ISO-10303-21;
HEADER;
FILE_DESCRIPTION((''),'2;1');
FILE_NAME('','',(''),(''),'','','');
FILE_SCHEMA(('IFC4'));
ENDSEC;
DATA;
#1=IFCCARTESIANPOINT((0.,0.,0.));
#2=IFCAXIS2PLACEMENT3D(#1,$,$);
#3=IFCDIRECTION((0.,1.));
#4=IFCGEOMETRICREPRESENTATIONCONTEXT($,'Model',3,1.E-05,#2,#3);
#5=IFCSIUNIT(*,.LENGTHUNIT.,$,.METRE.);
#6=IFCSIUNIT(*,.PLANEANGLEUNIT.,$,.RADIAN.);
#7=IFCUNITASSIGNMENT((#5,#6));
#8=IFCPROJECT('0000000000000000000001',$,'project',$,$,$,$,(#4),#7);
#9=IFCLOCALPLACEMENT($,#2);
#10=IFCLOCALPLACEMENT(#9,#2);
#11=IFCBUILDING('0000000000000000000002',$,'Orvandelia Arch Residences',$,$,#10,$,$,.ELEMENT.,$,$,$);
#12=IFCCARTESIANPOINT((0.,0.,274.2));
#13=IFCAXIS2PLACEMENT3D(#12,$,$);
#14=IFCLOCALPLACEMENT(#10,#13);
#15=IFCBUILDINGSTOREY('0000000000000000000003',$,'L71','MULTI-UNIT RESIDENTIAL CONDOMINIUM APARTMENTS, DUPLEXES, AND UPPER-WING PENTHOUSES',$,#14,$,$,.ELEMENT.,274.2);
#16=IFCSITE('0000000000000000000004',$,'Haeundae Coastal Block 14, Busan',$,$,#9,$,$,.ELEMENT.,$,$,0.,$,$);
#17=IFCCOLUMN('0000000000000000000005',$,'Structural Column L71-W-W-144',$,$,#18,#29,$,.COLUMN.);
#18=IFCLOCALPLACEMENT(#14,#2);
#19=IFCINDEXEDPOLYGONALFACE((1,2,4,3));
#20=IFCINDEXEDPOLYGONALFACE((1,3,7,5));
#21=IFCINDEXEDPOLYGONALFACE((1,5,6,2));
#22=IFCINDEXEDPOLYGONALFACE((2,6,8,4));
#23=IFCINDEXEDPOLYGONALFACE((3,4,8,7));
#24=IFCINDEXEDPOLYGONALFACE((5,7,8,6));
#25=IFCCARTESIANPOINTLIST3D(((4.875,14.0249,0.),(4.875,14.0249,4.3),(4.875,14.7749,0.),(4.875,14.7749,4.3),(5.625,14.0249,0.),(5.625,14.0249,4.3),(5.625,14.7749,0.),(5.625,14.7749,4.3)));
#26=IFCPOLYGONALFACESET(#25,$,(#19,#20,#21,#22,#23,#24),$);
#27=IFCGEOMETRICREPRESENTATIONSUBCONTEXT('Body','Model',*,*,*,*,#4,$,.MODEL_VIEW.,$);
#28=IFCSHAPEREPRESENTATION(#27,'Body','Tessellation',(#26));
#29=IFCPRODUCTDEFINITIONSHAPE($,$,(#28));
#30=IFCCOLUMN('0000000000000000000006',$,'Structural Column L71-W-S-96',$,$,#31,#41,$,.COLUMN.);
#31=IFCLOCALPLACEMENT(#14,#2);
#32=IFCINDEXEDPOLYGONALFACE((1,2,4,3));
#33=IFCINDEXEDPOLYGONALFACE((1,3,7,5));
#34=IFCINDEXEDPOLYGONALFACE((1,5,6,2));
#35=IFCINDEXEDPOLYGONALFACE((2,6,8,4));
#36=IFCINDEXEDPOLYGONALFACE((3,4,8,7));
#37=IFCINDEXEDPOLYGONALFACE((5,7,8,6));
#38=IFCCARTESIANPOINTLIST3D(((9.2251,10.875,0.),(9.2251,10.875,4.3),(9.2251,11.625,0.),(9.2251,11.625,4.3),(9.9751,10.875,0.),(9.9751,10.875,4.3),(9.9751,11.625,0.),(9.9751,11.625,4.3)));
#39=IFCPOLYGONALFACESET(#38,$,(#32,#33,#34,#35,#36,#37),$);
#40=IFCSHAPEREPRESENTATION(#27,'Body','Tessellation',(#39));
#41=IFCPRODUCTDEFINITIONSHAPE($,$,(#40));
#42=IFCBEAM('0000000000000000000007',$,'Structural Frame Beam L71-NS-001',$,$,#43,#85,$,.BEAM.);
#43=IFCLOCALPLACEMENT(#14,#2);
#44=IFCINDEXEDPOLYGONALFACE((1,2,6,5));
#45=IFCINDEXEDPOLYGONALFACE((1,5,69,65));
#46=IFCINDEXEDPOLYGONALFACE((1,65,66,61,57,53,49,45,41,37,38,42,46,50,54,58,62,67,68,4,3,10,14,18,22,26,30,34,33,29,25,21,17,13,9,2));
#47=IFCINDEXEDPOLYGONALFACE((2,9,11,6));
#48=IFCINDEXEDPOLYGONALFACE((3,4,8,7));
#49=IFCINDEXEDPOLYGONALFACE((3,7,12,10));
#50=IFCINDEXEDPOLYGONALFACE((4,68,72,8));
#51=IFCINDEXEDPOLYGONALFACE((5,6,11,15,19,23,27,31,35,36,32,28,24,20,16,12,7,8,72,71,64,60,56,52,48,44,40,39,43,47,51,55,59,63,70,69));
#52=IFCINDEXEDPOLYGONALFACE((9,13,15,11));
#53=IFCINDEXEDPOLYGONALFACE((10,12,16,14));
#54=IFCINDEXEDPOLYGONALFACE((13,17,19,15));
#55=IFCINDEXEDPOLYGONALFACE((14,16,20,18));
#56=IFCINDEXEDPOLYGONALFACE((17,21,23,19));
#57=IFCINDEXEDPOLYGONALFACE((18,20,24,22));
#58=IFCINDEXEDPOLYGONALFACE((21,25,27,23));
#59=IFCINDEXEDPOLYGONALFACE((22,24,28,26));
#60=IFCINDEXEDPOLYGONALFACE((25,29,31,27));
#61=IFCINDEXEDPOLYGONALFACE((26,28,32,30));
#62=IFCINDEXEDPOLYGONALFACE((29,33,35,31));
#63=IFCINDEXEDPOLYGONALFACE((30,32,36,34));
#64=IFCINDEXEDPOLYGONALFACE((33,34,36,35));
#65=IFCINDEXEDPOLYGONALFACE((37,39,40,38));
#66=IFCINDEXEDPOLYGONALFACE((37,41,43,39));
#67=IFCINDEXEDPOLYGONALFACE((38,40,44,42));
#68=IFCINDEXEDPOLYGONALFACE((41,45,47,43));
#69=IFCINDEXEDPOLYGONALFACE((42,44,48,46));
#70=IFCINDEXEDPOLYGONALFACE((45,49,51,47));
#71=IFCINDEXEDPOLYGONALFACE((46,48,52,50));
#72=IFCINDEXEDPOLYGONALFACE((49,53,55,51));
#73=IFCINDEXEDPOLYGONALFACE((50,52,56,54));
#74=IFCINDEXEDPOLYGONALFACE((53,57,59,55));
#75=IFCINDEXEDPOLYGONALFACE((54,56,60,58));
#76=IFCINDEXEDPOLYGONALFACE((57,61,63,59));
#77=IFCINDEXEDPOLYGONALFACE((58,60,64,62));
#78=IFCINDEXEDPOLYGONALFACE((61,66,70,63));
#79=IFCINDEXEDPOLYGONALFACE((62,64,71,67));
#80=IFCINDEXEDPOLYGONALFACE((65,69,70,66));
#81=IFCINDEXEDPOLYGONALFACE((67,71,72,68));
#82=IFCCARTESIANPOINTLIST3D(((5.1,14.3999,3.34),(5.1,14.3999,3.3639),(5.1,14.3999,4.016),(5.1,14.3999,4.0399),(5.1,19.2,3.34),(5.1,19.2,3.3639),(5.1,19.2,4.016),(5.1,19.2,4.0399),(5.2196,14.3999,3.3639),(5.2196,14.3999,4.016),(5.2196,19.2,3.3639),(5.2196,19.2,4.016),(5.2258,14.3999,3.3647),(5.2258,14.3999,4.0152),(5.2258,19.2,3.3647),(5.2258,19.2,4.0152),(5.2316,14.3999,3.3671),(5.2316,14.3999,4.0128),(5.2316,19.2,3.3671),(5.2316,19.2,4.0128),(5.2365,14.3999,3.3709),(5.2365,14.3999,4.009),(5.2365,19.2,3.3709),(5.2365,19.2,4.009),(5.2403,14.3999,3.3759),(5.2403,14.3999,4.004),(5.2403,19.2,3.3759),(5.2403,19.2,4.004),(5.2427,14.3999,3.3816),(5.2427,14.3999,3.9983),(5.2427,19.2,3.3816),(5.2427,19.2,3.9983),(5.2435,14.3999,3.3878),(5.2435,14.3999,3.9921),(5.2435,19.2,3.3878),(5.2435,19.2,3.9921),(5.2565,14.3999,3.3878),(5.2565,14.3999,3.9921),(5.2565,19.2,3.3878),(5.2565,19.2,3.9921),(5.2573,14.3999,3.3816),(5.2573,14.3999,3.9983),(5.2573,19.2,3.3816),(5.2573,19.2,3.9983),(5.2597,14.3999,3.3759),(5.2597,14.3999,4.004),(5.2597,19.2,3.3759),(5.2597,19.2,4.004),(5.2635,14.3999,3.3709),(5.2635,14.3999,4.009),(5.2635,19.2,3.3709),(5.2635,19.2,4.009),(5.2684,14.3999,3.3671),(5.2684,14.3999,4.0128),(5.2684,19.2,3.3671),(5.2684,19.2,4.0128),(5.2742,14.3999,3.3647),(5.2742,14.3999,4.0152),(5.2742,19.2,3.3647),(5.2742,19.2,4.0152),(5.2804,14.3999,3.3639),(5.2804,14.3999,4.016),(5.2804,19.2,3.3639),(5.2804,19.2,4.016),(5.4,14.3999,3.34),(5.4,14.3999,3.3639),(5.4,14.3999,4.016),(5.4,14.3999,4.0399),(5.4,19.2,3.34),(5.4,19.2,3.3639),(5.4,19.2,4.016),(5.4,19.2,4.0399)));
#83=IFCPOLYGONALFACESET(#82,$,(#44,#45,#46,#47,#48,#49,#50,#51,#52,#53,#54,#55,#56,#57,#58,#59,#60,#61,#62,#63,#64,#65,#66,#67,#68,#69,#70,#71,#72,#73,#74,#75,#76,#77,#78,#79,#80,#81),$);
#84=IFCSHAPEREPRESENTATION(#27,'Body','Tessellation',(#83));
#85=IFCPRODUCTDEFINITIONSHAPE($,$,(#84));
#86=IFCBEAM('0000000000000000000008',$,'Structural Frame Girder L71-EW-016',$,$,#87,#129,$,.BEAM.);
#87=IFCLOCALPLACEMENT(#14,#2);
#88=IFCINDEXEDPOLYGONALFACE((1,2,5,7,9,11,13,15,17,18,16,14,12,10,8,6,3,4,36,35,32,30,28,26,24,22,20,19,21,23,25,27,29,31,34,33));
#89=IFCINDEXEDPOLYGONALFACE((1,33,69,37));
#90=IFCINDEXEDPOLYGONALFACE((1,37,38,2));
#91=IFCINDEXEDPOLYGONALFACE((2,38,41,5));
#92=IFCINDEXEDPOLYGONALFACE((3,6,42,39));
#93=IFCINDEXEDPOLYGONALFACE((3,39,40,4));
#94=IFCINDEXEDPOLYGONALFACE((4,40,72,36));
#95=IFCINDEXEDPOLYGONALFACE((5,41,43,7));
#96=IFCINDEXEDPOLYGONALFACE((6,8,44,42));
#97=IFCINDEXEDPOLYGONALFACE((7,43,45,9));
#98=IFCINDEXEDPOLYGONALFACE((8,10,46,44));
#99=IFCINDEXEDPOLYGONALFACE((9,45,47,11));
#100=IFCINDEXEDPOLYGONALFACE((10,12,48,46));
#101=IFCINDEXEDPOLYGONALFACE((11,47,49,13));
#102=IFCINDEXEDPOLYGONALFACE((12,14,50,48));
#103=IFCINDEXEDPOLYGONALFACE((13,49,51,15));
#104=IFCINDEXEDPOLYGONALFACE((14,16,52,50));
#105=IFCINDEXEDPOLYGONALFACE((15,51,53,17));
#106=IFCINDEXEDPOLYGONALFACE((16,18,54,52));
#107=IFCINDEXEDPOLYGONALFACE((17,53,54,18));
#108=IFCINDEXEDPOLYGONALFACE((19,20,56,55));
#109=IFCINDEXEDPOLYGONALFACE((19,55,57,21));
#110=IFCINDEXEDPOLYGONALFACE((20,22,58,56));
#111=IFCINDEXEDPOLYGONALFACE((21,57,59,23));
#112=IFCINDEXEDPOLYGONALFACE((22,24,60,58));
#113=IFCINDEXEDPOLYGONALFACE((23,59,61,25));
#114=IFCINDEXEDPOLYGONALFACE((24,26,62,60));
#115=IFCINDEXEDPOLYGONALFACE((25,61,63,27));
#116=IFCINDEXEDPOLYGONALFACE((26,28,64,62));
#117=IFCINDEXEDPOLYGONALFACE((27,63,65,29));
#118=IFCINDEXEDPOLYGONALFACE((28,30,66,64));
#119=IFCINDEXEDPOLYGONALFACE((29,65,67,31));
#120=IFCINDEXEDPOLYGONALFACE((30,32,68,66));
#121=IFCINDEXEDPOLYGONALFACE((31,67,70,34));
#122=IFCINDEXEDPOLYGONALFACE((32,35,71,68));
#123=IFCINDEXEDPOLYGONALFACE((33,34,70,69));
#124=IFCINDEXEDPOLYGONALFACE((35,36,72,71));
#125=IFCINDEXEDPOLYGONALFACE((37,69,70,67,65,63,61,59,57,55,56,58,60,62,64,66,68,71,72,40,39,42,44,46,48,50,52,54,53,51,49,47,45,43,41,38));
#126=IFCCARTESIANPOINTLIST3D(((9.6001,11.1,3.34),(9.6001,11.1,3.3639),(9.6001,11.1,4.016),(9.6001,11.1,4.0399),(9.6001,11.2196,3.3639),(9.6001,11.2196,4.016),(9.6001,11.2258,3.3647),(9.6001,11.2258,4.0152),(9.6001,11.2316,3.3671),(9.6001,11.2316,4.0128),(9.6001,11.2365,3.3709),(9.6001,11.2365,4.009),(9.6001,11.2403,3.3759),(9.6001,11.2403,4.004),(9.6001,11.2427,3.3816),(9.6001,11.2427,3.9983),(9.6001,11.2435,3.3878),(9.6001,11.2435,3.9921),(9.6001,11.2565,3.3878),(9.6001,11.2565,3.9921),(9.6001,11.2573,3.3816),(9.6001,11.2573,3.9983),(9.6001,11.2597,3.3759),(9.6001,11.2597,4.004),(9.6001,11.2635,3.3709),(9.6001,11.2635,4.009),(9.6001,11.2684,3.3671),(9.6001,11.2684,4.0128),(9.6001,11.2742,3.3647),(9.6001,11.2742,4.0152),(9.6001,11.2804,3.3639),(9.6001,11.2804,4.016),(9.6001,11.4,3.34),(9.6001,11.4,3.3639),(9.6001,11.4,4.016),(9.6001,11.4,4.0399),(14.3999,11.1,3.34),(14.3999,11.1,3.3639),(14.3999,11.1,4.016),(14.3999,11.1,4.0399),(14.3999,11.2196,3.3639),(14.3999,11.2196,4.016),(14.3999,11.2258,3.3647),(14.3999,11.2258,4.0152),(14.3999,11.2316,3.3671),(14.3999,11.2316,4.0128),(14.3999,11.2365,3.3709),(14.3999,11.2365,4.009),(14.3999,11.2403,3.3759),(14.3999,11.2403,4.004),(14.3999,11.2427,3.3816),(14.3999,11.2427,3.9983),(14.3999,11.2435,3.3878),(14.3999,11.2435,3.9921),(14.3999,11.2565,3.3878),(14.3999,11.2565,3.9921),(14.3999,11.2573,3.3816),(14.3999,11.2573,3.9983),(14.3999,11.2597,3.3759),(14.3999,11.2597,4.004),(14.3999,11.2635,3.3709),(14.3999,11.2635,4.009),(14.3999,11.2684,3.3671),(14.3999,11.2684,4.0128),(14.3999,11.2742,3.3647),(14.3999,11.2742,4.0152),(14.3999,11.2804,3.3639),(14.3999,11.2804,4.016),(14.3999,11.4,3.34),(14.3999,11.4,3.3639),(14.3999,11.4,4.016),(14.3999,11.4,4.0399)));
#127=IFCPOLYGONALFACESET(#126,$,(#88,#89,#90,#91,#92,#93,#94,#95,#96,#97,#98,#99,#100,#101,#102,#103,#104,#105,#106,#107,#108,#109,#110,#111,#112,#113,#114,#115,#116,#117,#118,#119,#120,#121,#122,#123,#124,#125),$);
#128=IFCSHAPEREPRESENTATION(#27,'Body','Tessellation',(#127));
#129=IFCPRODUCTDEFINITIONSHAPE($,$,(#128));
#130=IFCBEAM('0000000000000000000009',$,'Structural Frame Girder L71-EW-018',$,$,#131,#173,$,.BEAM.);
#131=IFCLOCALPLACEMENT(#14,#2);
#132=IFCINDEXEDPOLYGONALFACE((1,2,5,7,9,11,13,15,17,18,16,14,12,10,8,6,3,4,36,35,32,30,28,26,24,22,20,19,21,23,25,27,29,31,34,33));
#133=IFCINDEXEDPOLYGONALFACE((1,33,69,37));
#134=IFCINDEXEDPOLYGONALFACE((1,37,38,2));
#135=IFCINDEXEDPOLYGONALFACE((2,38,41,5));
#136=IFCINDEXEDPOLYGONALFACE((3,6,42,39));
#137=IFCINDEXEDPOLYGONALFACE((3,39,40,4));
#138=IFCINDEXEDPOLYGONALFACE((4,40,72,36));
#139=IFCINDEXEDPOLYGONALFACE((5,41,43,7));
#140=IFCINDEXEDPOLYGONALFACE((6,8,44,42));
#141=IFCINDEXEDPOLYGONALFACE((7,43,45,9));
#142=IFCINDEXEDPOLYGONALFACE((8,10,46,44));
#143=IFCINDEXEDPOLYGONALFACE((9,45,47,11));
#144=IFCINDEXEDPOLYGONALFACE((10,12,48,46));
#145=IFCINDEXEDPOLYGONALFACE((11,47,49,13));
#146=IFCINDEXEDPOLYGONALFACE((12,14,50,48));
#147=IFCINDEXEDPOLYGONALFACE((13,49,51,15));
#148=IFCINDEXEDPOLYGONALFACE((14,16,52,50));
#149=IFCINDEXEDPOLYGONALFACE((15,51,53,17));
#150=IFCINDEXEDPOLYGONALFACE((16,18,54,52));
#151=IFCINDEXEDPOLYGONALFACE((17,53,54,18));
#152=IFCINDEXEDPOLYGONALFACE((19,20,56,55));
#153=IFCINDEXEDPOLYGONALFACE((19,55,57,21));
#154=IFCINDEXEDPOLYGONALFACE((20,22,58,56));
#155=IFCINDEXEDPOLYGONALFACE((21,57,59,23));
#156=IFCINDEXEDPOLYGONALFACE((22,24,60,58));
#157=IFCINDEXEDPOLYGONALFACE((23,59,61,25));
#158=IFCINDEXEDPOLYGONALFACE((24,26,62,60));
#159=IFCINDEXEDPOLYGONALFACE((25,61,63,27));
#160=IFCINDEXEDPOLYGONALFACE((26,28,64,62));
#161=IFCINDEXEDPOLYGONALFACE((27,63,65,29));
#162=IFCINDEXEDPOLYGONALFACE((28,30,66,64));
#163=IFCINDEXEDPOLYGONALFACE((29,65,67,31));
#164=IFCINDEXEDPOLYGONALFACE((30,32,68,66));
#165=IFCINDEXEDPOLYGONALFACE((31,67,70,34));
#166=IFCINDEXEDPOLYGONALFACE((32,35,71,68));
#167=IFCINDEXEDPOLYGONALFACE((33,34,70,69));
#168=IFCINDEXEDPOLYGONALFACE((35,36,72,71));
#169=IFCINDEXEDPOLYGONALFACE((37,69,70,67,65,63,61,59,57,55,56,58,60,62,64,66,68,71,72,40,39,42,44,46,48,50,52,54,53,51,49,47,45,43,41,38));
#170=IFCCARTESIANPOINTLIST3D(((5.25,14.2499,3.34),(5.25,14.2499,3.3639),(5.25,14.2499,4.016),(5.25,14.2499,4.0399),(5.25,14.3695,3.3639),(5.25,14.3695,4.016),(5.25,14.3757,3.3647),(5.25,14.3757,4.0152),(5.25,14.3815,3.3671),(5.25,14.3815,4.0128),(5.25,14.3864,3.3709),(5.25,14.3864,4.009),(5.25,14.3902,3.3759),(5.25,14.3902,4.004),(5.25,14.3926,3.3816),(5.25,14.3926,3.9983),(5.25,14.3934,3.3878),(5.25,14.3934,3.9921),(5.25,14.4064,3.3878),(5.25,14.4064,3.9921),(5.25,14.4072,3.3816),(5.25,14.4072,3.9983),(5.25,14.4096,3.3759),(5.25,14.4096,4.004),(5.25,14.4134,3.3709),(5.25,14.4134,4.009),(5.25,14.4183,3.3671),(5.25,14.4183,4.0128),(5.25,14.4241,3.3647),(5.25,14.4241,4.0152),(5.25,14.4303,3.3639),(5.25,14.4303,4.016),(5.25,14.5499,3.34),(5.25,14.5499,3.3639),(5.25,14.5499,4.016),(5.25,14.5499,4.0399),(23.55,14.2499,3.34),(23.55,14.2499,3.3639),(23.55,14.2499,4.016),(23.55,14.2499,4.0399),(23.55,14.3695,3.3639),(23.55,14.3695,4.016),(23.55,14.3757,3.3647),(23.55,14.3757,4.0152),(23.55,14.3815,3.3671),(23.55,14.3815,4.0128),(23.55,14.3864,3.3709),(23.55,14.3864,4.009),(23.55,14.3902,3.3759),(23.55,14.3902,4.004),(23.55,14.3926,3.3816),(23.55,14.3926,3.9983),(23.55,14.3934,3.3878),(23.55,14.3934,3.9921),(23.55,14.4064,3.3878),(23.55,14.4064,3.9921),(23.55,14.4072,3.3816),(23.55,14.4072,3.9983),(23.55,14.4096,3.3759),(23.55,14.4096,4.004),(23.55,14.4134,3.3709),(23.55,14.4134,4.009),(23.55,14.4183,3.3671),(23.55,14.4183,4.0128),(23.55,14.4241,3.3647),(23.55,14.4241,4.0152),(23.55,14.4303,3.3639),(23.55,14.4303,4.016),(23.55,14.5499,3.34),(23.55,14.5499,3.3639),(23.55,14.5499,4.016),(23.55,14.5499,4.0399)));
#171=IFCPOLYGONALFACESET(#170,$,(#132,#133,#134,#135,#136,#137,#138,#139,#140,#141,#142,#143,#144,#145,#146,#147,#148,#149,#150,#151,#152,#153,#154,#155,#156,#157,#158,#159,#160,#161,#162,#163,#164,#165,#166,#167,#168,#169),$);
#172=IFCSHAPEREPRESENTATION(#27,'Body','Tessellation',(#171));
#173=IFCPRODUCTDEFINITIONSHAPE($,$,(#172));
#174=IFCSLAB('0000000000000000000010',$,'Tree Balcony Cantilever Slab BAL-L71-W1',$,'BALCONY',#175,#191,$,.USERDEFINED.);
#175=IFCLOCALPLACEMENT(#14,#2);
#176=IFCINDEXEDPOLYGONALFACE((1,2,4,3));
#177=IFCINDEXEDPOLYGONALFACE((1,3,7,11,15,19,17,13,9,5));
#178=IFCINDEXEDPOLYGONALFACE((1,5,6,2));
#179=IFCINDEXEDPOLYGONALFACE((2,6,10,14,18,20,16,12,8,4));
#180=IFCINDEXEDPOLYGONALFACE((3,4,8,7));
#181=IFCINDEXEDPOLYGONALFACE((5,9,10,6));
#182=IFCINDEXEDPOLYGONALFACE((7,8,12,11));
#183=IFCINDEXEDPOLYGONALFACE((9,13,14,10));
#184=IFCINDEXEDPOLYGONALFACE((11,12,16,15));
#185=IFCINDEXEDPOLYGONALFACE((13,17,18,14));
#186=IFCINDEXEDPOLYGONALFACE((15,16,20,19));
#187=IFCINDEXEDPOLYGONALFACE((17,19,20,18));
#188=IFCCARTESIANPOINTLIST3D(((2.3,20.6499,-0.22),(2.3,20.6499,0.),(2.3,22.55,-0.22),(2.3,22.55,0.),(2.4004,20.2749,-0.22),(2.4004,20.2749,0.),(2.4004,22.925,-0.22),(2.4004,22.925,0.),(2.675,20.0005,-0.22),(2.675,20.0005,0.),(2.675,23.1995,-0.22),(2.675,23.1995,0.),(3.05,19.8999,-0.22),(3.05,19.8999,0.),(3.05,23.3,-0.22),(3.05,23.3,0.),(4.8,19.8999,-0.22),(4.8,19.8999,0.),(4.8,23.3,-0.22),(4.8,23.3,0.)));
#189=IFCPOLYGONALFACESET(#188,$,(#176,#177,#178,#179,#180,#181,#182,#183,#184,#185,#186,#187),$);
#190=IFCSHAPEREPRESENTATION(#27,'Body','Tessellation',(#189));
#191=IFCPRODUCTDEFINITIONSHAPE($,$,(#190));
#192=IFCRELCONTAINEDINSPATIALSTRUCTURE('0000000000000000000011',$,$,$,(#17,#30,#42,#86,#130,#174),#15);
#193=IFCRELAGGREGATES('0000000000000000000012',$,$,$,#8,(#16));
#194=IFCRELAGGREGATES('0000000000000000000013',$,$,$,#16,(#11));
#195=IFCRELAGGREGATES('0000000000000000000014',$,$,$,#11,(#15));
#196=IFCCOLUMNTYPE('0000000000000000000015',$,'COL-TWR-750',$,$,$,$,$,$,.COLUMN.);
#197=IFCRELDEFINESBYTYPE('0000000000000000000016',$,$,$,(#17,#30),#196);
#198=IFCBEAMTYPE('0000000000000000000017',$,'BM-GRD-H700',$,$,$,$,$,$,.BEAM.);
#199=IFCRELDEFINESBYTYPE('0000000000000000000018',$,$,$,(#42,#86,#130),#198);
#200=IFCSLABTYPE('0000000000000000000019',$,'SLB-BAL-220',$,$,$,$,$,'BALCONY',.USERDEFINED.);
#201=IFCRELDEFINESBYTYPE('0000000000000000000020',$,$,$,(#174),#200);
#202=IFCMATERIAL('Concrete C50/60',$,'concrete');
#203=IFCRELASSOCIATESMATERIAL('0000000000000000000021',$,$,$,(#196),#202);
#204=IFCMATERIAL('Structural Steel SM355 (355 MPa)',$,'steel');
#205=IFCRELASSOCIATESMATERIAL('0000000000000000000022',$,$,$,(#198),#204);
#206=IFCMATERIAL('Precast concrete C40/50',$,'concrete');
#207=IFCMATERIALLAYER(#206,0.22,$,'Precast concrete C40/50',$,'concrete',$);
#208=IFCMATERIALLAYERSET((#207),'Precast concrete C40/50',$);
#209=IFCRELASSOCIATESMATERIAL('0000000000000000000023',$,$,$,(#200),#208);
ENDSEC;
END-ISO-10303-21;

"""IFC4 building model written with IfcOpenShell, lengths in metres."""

from ifc_helpers import new_model, si_unit, direction, frame, origin, origin_2d, place, context, subcontext, project, spatial, polyline, rectangle, i_section, outline, extrude, material, layer, layer_set, material_profile, profile_set, type_object, element, save


model = new_model("IFC4")

# Units and contexts
model_context = context("Model", 3, precision=1e-05, world=origin(), true_north=direction((0.0, 1.0)))
body_context = subcontext(model_context, "Body", "Model", "MODEL_VIEW")
ifc_project = project(units=[si_unit("LENGTHUNIT", "METRE"), si_unit("PLANEANGLEUNIT", "RADIAN")], contexts=[model_context])

# Site, building, storey
site_placement = place(None, origin())
site = spatial("IfcSite", under=ifc_project, at=site_placement, Name="Haeundae Coastal Block 14, Busan", CompositionType="ELEMENT", RefElevation=0.0)
building_placement = place(site_placement, origin())
building = spatial("IfcBuilding", under=site, at=building_placement, Name="Orvandelia Arch Residences", CompositionType="ELEMENT")
storey_placement = place(building_placement, frame((0.0, 0.0, 274.2)))
storey = spatial("IfcBuildingStorey", under=building, at=storey_placement, Name="L71", Description="MULTI-UNIT RESIDENTIAL CONDOMINIUM APARTMENTS, DUPLEXES, AND UPPER-WING PENTHOUSES", CompositionType="ELEMENT", Elevation=274.2)

# Columns
ifc_material_1 = material(Name="Concrete C50/60", Category="concrete")
ifc_material_profile_1 = material_profile(ifc_material_1, rectangle(XDim=0.75, YDim=0.75, at=origin_2d()), Name="Concrete C50/60", Category="concrete")
ifc_profile_set_1 = profile_set([ifc_material_profile_1], Name="Concrete C50/60")
column_type = type_object("IfcColumnType", Name="COL-TWR-750", PredefinedType="COLUMN", material=ifc_profile_set_1)
for number, where, z_axis, x_axis, name in (
    (1, (5.25, 14.3999, 0.0), (0.0, 0.0, 1.0), (1.0, 0.0, 0.0), "Structural Column L71-W-W-144"),
    (2, (9.6001, 11.25, 0.0), (0.0, 0.0, 1.0), (1.0, 0.0, 0.0), "Structural Column L71-W-S-96"),
):
    element("IfcColumn", number, at=place(storey_placement, frame(where, z_axis=z_axis, x_axis=x_axis)), inside=storey, type_object=column_type, Name=name, PredefinedType="COLUMN", context=body_context, shape_type="SweptSolid", body=[
        extrude(rectangle(XDim=0.75, YDim=0.75, at=origin_2d()), origin(), (0.0, 0.0, 1.0), 4.3),
    ])

# Beams
ifc_material_2 = material(Name="Structural Steel SM355 (355 MPa)", Category="steel")
ifc_material_profile_2 = material_profile(ifc_material_2, i_section(OverallWidth=0.3, OverallDepth=0.7, WebThickness=0.0129, FlangeThickness=0.0239, FilletRadius=0.0239, at=origin_2d()), Name="Structural Steel SM355 (355 MPa)", Category="steel")
ifc_profile_set_2 = profile_set([ifc_material_profile_2], Name="Structural Steel SM355 (355 MPa)")
beam_type = type_object("IfcBeamType", Name="BM-GRD-H700", PredefinedType="BEAM", material=ifc_profile_set_2)
beam_1_placement = place(storey_placement, frame((5.25, 14.3999, 3.6899), z_axis=(0.0, 1.0, 0.0), x_axis=(-1.0, 0.0, 0.0)))
element("IfcBeam", 3, at=beam_1_placement, inside=storey, type_object=beam_type, Name="Structural Frame Beam L71-NS-001", PredefinedType="BEAM", context=body_context, shape_type="SweptSolid", body=[
    extrude(i_section(OverallWidth=0.3, OverallDepth=0.7, WebThickness=0.0129, FlangeThickness=0.0239, FilletRadius=0.0239, at=origin_2d()), origin(), (0.0, 0.0, 1.0), 4.8),
])
beam_2_placement = place(storey_placement, frame((9.6001, 11.25, 3.6899), z_axis=(1.0, 0.0, 0.0), x_axis=(0.0, 1.0, 0.0)))
element("IfcBeam", 4, at=beam_2_placement, inside=storey, type_object=beam_type, Name="Structural Frame Girder L71-EW-016", PredefinedType="BEAM", context=body_context, shape_type="SweptSolid", body=[
    extrude(i_section(OverallWidth=0.3, OverallDepth=0.7, WebThickness=0.0129, FlangeThickness=0.0239, FilletRadius=0.0239, at=origin_2d()), origin(), (0.0, 0.0, 1.0), 4.7998),
])
beam_3_placement = place(storey_placement, frame((5.25, 14.3999, 3.6899), z_axis=(1.0, 0.0, 0.0), x_axis=(0.0, 1.0, 0.0)))
element("IfcBeam", 5, at=beam_3_placement, inside=storey, type_object=beam_type, Name="Structural Frame Girder L71-EW-018", PredefinedType="BEAM", context=body_context, shape_type="SweptSolid", body=[
    extrude(i_section(OverallWidth=0.3, OverallDepth=0.7, WebThickness=0.0129, FlangeThickness=0.0239, FilletRadius=0.0239, at=origin_2d()), origin(), (0.0, 0.0, 1.0), 18.3),
])

# Slab
ifc_material_3 = material(Name="Precast concrete C40/50", Category="concrete")
ifc_layer_1 = layer(ifc_material_3, 0.22, Name="Precast concrete C40/50", Category="concrete")
ifc_layer_set_1 = layer_set([ifc_layer_1], Name="Precast concrete C40/50")
slab_type_1 = type_object("IfcSlabType", Name="SLB-BAL-220", ElementType="BALCONY", PredefinedType="USERDEFINED", material=ifc_layer_set_1)
slab_1_placement = place(storey_placement, frame((0.0, 0.0, -0.22)))
element("IfcSlab", 6, at=slab_1_placement, inside=storey, type_object=slab_type_1, Name="Tree Balcony Cantilever Slab BAL-L71-W1", ObjectType="BALCONY", PredefinedType="USERDEFINED", context=body_context, shape_type="SweptSolid", body=[
    extrude(outline(polyline([(4.8, 19.8999), (4.8, 23.3), (3.05, 23.3), (2.675, 23.1995), (2.4004, 22.925), (2.3, 22.55), (2.3, 20.6499), (2.4004, 20.2749), (2.675, 20.0005), (3.05, 19.8999), (4.8, 19.8999)])), origin(), (0.0, 0.0, 1.0), 0.22),
])

save(model, "model.ifc")
